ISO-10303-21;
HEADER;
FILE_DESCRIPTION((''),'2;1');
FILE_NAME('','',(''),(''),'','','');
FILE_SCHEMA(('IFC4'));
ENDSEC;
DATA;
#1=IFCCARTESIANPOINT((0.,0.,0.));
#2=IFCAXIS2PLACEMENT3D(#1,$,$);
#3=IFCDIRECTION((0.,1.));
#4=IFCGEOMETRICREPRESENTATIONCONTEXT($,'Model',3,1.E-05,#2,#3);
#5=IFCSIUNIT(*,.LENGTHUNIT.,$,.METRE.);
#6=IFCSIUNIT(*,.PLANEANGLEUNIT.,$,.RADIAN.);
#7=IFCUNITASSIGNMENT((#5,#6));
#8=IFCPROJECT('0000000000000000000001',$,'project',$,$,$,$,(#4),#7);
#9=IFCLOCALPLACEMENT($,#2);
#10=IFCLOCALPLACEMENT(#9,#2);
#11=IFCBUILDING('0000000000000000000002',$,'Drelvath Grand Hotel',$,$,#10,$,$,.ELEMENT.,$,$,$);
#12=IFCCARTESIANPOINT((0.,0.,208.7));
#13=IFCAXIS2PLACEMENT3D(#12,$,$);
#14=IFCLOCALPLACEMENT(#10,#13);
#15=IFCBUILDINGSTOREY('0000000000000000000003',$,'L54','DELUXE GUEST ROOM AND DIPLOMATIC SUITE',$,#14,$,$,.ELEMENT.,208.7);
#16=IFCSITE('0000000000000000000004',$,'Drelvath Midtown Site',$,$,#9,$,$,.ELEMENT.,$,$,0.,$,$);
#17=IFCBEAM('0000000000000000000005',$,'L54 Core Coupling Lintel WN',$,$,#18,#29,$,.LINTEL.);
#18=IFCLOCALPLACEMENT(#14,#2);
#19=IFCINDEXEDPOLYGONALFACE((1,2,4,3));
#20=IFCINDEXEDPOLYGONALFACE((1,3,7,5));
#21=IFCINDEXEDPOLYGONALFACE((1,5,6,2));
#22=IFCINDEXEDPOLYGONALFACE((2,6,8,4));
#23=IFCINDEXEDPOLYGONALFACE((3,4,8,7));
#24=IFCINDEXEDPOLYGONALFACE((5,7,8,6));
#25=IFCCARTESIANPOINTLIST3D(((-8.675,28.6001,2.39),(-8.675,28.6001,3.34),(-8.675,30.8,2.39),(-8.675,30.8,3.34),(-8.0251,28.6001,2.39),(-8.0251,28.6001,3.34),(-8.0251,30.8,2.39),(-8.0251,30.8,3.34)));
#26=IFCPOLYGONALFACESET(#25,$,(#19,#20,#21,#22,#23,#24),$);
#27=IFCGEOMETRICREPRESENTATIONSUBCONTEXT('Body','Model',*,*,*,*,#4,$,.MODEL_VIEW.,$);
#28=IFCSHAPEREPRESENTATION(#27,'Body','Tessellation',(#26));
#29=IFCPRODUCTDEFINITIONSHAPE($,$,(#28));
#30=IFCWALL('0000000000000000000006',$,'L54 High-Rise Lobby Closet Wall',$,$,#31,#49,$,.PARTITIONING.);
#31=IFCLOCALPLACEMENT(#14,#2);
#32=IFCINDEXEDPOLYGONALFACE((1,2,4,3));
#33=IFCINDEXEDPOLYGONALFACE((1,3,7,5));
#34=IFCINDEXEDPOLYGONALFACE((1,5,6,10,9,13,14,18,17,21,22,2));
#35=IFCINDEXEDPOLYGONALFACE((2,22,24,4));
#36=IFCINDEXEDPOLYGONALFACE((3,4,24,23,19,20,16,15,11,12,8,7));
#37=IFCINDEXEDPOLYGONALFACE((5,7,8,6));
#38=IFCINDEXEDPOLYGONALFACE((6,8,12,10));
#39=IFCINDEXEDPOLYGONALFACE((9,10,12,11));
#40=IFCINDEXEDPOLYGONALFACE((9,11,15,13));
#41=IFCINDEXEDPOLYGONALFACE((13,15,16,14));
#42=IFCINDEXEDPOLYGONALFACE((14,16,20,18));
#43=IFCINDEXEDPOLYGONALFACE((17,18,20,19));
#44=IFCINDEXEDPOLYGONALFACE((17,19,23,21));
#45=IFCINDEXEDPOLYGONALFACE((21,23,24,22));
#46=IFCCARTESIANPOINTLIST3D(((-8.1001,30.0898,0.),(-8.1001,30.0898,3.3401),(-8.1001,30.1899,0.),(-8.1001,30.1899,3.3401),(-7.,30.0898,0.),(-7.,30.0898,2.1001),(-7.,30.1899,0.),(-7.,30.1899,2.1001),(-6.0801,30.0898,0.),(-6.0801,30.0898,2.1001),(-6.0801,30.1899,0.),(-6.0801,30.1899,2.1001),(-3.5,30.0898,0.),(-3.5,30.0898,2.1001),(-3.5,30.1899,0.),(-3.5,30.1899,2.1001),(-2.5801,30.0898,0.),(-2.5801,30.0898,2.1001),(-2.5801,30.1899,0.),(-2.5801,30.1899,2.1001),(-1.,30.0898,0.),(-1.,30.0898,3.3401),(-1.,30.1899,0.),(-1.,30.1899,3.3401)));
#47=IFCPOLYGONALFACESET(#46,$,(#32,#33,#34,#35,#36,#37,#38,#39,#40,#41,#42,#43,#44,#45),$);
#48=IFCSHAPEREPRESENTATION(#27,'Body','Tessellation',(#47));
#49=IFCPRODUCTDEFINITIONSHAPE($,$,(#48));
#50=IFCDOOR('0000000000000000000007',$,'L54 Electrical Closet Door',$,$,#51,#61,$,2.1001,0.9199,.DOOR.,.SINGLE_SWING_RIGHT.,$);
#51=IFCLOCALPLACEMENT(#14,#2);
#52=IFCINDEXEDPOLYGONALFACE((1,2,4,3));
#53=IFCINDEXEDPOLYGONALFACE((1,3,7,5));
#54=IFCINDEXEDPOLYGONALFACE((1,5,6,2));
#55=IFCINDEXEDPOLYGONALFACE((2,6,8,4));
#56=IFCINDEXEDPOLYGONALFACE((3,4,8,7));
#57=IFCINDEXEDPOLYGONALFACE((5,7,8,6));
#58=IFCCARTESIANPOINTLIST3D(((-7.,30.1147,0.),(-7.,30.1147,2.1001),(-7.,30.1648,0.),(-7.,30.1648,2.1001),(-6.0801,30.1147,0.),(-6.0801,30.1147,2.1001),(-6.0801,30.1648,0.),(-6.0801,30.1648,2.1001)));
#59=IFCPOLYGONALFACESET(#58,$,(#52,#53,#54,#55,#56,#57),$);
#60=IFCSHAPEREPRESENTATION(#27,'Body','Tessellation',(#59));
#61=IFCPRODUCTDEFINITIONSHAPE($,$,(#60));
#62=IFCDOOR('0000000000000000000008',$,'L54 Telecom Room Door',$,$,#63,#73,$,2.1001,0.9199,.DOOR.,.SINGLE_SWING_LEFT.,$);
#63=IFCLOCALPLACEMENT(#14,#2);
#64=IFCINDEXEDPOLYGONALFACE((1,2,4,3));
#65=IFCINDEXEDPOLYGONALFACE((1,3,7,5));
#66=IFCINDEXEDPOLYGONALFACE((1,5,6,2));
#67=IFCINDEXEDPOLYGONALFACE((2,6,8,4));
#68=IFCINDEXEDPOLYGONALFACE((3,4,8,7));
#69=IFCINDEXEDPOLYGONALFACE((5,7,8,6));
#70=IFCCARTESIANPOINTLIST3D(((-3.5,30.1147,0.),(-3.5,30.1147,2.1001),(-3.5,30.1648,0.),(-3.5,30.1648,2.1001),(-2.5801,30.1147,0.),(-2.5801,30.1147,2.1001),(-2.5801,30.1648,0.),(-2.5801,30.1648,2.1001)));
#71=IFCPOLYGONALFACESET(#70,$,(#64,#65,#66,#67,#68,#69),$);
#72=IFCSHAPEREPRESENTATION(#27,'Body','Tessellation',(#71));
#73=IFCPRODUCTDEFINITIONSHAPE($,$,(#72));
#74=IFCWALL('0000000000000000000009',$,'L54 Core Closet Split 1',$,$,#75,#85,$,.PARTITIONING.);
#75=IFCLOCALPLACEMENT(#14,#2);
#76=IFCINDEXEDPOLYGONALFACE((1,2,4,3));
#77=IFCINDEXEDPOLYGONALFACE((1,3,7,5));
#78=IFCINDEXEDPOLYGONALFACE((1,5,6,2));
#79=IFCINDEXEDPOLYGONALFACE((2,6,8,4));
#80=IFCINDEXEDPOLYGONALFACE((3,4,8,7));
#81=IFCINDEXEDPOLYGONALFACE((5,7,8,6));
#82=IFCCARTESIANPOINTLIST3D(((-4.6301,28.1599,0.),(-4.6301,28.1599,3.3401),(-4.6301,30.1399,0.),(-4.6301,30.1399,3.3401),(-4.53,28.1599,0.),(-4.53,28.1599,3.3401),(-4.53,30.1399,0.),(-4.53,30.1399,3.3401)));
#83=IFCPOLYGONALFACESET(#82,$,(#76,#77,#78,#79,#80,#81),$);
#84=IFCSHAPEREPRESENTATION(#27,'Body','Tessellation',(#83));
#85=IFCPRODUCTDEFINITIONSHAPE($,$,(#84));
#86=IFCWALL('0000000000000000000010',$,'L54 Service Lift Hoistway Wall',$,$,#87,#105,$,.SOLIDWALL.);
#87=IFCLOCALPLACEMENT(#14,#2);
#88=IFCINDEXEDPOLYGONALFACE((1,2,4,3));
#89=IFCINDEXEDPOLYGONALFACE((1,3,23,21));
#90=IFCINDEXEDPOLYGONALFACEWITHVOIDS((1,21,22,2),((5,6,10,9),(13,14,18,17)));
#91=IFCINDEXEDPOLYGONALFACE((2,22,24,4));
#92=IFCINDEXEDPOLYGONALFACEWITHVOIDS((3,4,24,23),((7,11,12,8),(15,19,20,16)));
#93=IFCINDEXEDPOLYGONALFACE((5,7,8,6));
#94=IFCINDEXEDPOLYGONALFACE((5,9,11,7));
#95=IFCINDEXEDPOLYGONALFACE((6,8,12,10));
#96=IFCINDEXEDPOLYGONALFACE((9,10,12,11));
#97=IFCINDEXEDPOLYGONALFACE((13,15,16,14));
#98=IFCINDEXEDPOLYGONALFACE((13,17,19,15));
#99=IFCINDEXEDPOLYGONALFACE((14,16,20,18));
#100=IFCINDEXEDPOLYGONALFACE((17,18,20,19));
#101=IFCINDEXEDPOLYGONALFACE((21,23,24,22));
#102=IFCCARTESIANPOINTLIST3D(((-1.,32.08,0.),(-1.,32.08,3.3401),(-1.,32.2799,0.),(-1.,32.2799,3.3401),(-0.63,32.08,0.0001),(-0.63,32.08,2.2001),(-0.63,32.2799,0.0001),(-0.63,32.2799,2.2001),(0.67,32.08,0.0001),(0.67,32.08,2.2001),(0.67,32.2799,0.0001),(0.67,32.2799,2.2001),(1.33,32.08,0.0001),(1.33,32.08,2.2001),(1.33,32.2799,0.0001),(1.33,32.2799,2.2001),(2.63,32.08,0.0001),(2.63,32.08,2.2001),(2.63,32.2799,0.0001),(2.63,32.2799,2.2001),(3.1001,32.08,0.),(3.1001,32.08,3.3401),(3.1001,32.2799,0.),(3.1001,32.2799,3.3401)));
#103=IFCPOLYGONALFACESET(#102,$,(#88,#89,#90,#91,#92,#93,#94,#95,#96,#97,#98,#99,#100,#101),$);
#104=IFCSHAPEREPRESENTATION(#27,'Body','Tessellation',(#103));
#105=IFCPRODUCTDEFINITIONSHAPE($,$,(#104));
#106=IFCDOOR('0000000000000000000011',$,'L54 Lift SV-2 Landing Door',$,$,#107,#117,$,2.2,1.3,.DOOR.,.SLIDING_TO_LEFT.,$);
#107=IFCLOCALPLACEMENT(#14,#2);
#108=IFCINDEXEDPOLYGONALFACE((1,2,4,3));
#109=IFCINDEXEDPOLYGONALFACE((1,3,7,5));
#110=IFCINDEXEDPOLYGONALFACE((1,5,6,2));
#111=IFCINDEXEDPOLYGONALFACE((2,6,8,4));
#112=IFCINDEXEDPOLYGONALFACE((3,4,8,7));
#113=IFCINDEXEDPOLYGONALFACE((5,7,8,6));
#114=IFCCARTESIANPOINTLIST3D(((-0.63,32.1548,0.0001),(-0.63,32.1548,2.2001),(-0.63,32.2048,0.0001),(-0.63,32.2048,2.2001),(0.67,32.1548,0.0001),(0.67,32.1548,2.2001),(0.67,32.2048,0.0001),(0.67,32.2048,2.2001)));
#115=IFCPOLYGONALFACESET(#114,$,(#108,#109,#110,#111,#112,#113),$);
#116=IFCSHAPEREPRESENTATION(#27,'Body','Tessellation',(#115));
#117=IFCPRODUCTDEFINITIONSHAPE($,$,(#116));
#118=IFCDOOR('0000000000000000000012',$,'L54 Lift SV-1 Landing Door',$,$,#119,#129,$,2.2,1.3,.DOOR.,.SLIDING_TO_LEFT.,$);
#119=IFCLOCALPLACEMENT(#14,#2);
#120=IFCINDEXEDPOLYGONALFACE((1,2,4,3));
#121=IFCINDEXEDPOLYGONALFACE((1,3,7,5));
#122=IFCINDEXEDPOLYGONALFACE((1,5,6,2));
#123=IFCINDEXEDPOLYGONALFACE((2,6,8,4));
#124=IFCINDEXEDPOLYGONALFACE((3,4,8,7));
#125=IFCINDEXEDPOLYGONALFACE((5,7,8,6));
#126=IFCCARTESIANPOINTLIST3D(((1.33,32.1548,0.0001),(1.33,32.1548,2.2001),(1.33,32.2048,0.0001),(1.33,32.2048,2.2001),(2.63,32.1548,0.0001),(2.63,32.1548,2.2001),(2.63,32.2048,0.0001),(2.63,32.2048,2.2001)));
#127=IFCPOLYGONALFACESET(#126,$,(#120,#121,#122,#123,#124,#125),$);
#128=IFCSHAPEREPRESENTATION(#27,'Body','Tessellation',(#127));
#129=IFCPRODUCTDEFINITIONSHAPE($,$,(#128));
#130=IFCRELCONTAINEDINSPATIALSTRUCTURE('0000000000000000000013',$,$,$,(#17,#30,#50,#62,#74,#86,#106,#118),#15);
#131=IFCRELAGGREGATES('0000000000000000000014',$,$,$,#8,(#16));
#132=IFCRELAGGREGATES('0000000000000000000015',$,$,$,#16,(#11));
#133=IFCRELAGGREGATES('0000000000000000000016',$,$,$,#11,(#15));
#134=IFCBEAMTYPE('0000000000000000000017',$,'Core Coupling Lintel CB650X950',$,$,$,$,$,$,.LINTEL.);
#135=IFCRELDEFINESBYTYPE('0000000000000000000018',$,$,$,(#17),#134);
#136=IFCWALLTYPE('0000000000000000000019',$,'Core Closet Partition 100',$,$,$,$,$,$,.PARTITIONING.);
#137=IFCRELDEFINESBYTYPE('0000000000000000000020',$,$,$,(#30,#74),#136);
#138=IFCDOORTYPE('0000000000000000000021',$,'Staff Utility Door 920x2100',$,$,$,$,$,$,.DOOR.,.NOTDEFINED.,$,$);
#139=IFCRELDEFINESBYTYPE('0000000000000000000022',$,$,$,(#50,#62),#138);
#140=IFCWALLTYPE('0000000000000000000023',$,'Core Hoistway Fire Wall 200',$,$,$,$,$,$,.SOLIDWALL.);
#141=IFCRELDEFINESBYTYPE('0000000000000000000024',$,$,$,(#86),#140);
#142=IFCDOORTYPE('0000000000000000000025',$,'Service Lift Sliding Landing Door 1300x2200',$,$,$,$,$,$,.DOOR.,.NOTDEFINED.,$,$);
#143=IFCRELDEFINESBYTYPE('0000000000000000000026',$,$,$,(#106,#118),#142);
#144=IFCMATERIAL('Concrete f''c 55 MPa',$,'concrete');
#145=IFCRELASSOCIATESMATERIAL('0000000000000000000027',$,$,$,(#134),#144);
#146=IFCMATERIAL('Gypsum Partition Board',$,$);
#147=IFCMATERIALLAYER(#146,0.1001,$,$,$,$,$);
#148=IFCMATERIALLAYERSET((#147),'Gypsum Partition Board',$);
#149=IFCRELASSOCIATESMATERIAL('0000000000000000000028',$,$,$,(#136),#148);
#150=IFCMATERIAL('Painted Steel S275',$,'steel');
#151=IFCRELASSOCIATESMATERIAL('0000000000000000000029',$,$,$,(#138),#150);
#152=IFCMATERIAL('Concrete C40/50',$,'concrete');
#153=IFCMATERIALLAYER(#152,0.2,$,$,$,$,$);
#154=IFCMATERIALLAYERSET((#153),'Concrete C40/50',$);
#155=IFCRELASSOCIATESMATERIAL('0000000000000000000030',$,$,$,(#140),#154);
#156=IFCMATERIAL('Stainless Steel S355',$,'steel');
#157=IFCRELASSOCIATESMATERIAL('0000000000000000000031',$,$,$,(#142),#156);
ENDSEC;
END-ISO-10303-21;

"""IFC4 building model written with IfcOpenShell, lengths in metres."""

from ifc_helpers import new_model, si_unit, direction, frame, frame_2d, origin, origin_2d, place, context, subcontext, project, spatial, rectangle, extrude, material, layer, layer_set, material_profile, profile_set, type_object, element, fill, save


model = new_model("IFC4")

# Units and contexts
model_context = context("Model", 3, precision=1e-05, world=origin(), true_north=direction((0.0, 1.0)))
body_context = subcontext(model_context, "Body", "Model", "MODEL_VIEW")
ifc_project = project(units=[si_unit("LENGTHUNIT", "METRE"), si_unit("PLANEANGLEUNIT", "RADIAN")], contexts=[model_context])

# Site, building, storey
site_placement = place(None, origin())
site = spatial("IfcSite", under=ifc_project, at=site_placement, Name="Drelvath Midtown Site", CompositionType="ELEMENT", RefElevation=0.0)
building_placement = place(site_placement, origin())
building = spatial("IfcBuilding", under=site, at=building_placement, Name="Drelvath Grand Hotel", CompositionType="ELEMENT")
storey_placement = place(building_placement, frame((0.0, 0.0, 208.7)))
storey = spatial("IfcBuildingStorey", under=building, at=storey_placement, Name="L54", Description="DELUXE GUEST ROOM AND DIPLOMATIC SUITE", CompositionType="ELEMENT", Elevation=208.7)

# Beam
ifc_material_1 = material(Name="Concrete f'c 55 MPa", Category="concrete")
ifc_material_profile = material_profile(ifc_material_1, rectangle(XDim=0.6499, YDim=0.95, at=origin_2d()), Name="CB650X950")
ifc_profile_set = profile_set([ifc_material_profile], Name="Concrete f'c 55 MPa")
beam_type = type_object("IfcBeamType", Name="Core Coupling Lintel CB650X950", PredefinedType="LINTEL", material=ifc_profile_set)
beam_placement = place(storey_placement, frame((-8.3501, 28.6001, 2.865), z_axis=(0.0, 1.0, 0.0), x_axis=(-1.0, 0.0, 0.0)))
element("IfcBeam", 1, at=beam_placement, inside=storey, type_object=beam_type, Name="L54 Core Coupling Lintel WN", PredefinedType="LINTEL", context=body_context, shape_type="SweptSolid", body=[
    extrude(rectangle(XDim=0.6499, YDim=0.95, at=origin_2d()), origin(), (0.0, 0.0, 1.0), 2.2),
])

# Wall, openings, doors
ifc_material_2 = material(Name="Gypsum Partition Board")
ifc_layer_1 = layer(ifc_material_2, 0.1001)
ifc_layer_set_1 = layer_set([ifc_layer_1], Name="Gypsum Partition Board")
wall_type_1 = type_object("IfcWallType", Name="Core Closet Partition 100", PredefinedType="PARTITIONING", material=ifc_layer_set_1)
wall_1_placement = place(storey_placement, frame((-8.1001, 30.1399, 0.0), z_axis=(0.0, 0.0, 1.0), x_axis=(1.0, 0.0, 0.0)))
wall_1 = element("IfcWall", 2, at=wall_1_placement, inside=storey, type_object=wall_type_1, Name="L54 High-Rise Lobby Closet Wall", PredefinedType="PARTITIONING", context=body_context, shape_type="SweptSolid", body=[
    extrude(rectangle(XDim=7.1001, YDim=0.1001, at=frame_2d((3.55, 0.0))), origin(), (0.0, 0.0, 1.0), 3.3401),
])
opening_1_placement = place(wall_1_placement, frame((1.1001, 0.0, 0.0)))
opening_1 = element("IfcOpeningElement", 3, at=opening_1_placement, cuts=wall_1, PredefinedType="OPENING", context=body_context, shape_type="SweptSolid", body=[
    extrude(rectangle(XDim=0.9199, YDim=2.1001, at=frame_2d((0.46, 1.05))), frame((0.0, 0.0601, 0.0), z_axis=(0.0, -1.0, 0.0), x_axis=(1.0, 0.0, 0.0)), (0.0, 0.0, 1.0), 0.1201),
])
opening_2_placement = place(wall_1_placement, frame((4.6001, 0.0, 0.0)))
opening_2 = element("IfcOpeningElement", 4, at=opening_2_placement, cuts=wall_1, PredefinedType="OPENING", context=body_context, shape_type="SweptSolid", body=[
    extrude(rectangle(XDim=0.9199, YDim=2.1001, at=frame_2d((0.46, 1.05))), frame((0.0, 0.0601, 0.0), z_axis=(0.0, -1.0, 0.0), x_axis=(1.0, 0.0, 0.0)), (0.0, 0.0, 1.0), 0.1201),
])
ifc_material_3 = material(Name="Painted Steel S275", Category="steel")
door_type_1 = type_object("IfcDoorType", Name="Staff Utility Door 920x2100", OperationType="NOTDEFINED", PredefinedType="DOOR", material=ifc_material_3)
door_1_placement = place(opening_1_placement, origin())
door_1 = element("IfcDoor", 5, at=door_1_placement, inside=storey, type_object=door_type_1, Name="L54 Electrical Closet Door", OperationType="SINGLE_SWING_RIGHT", OverallHeight=2.1001, OverallWidth=0.9199, PredefinedType="DOOR", context=body_context, shape_type="SweptSolid", body=[
    extrude(rectangle(XDim=0.9199, YDim=2.1001, at=frame_2d((0.46, 1.05))), frame((0.0, 0.0249, 0.0), z_axis=(0.0, -1.0, 0.0), x_axis=(1.0, 0.0, 0.0)), (0.0, 0.0, 1.0), 0.05),
])
fill(opening_1, door_1)
door_2_placement = place(opening_2_placement, origin())
door_2 = element("IfcDoor", 6, at=door_2_placement, inside=storey, type_object=door_type_1, Name="L54 Telecom Room Door", OperationType="SINGLE_SWING_LEFT", OverallHeight=2.1001, OverallWidth=0.9199, PredefinedType="DOOR", context=body_context, shape_type="SweptSolid", body=[
    extrude(rectangle(XDim=0.9199, YDim=2.1001, at=frame_2d((0.46, 1.05))), frame((0.0, 0.0249, 0.0), z_axis=(0.0, -1.0, 0.0), x_axis=(1.0, 0.0, 0.0)), (0.0, 0.0, 1.0), 0.05),
])
fill(opening_2, door_2)

# Wall
wall_2_placement = place(storey_placement, frame((-4.5801, 28.1599, 0.0), z_axis=(0.0, 0.0, 1.0), x_axis=(0.0, 1.0, 0.0)))
element("IfcWall", 7, at=wall_2_placement, inside=storey, type_object=wall_type_1, Name="L54 Core Closet Split 1", PredefinedType="PARTITIONING", context=body_context, shape_type="SweptSolid", body=[
    extrude(rectangle(XDim=1.98, YDim=0.1001, at=frame_2d((0.99, 0.0))), origin(), (0.0, 0.0, 1.0), 3.3401),
])

# Wall, openings, doors
ifc_material_4 = material(Name="Concrete C40/50", Category="concrete")
ifc_layer_2 = layer(ifc_material_4, 0.2)
ifc_layer_set_2 = layer_set([ifc_layer_2], Name="Concrete C40/50")
wall_type_2 = type_object("IfcWallType", Name="Core Hoistway Fire Wall 200", PredefinedType="SOLIDWALL", material=ifc_layer_set_2)
wall_3_placement = place(storey_placement, frame((-1.0, 32.1799, 0.0), z_axis=(0.0, 0.0, 1.0), x_axis=(1.0, 0.0, 0.0)))
wall_3 = element("IfcWall", 8, at=wall_3_placement, inside=storey, type_object=wall_type_2, Name="L54 Service Lift Hoistway Wall", PredefinedType="SOLIDWALL", context=body_context, shape_type="SweptSolid", body=[
    extrude(rectangle(XDim=4.1001, YDim=0.2, at=frame_2d((2.05, 0.0))), origin(), (0.0, 0.0, 1.0), 3.3401),
])
opening_3_placement = place(wall_3_placement, frame((0.3701, 0.0, 0.0)))
opening_3 = element("IfcOpeningElement", 9, at=opening_3_placement, cuts=wall_3, PredefinedType="OPENING", context=body_context, shape_type="SweptSolid", body=[
    extrude(rectangle(XDim=1.3, YDim=2.2, at=frame_2d((0.6499, 1.1001))), frame((0.0, 0.1099, 0.0), z_axis=(0.0, -1.0, 0.0), x_axis=(1.0, 0.0, 0.0)), (0.0, 0.0, 1.0), 0.22),
])
opening_4_placement = place(wall_3_placement, frame((2.3301, 0.0, 0.0)))
opening_4 = element("IfcOpeningElement", 10, at=opening_4_placement, cuts=wall_3, PredefinedType="OPENING", context=body_context, shape_type="SweptSolid", body=[
    extrude(rectangle(XDim=1.3, YDim=2.2, at=frame_2d((0.6499, 1.1001))), frame((0.0, 0.1099, 0.0), z_axis=(0.0, -1.0, 0.0), x_axis=(1.0, 0.0, 0.0)), (0.0, 0.0, 1.0), 0.22),
])
ifc_material_5 = material(Name="Stainless Steel S355", Category="steel")
door_type_2 = type_object("IfcDoorType", Name="Service Lift Sliding Landing Door 1300x2200", OperationType="NOTDEFINED", PredefinedType="DOOR", material=ifc_material_5)
door_3_placement = place(opening_3_placement, origin())
door_3 = element("IfcDoor", 11, at=door_3_placement, inside=storey, type_object=door_type_2, Name="L54 Lift SV-2 Landing Door", OperationType="SLIDING_TO_LEFT", OverallHeight=2.2, OverallWidth=1.3, PredefinedType="DOOR", context=body_context, shape_type="SweptSolid", body=[
    extrude(rectangle(XDim=1.3, YDim=2.2, at=frame_2d((0.6499, 1.1001))), frame((0.0, 0.0249, 0.0), z_axis=(0.0, -1.0, 0.0), x_axis=(1.0, 0.0, 0.0)), (0.0, 0.0, 1.0), 0.05),
])
fill(opening_3, door_3)
door_4_placement = place(opening_4_placement, origin())
door_4 = element("IfcDoor", 12, at=door_4_placement, inside=storey, type_object=door_type_2, Name="L54 Lift SV-1 Landing Door", OperationType="SLIDING_TO_LEFT", OverallHeight=2.2, OverallWidth=1.3, PredefinedType="DOOR", context=body_context, shape_type="SweptSolid", body=[
    extrude(rectangle(XDim=1.3, YDim=2.2, at=frame_2d((0.6499, 1.1001))), frame((0.0, 0.0249, 0.0), z_axis=(0.0, -1.0, 0.0), x_axis=(1.0, 0.0, 0.0)), (0.0, 0.0, 1.0), 0.05),
])
fill(opening_4, door_4)

save(model, "model.ifc")
